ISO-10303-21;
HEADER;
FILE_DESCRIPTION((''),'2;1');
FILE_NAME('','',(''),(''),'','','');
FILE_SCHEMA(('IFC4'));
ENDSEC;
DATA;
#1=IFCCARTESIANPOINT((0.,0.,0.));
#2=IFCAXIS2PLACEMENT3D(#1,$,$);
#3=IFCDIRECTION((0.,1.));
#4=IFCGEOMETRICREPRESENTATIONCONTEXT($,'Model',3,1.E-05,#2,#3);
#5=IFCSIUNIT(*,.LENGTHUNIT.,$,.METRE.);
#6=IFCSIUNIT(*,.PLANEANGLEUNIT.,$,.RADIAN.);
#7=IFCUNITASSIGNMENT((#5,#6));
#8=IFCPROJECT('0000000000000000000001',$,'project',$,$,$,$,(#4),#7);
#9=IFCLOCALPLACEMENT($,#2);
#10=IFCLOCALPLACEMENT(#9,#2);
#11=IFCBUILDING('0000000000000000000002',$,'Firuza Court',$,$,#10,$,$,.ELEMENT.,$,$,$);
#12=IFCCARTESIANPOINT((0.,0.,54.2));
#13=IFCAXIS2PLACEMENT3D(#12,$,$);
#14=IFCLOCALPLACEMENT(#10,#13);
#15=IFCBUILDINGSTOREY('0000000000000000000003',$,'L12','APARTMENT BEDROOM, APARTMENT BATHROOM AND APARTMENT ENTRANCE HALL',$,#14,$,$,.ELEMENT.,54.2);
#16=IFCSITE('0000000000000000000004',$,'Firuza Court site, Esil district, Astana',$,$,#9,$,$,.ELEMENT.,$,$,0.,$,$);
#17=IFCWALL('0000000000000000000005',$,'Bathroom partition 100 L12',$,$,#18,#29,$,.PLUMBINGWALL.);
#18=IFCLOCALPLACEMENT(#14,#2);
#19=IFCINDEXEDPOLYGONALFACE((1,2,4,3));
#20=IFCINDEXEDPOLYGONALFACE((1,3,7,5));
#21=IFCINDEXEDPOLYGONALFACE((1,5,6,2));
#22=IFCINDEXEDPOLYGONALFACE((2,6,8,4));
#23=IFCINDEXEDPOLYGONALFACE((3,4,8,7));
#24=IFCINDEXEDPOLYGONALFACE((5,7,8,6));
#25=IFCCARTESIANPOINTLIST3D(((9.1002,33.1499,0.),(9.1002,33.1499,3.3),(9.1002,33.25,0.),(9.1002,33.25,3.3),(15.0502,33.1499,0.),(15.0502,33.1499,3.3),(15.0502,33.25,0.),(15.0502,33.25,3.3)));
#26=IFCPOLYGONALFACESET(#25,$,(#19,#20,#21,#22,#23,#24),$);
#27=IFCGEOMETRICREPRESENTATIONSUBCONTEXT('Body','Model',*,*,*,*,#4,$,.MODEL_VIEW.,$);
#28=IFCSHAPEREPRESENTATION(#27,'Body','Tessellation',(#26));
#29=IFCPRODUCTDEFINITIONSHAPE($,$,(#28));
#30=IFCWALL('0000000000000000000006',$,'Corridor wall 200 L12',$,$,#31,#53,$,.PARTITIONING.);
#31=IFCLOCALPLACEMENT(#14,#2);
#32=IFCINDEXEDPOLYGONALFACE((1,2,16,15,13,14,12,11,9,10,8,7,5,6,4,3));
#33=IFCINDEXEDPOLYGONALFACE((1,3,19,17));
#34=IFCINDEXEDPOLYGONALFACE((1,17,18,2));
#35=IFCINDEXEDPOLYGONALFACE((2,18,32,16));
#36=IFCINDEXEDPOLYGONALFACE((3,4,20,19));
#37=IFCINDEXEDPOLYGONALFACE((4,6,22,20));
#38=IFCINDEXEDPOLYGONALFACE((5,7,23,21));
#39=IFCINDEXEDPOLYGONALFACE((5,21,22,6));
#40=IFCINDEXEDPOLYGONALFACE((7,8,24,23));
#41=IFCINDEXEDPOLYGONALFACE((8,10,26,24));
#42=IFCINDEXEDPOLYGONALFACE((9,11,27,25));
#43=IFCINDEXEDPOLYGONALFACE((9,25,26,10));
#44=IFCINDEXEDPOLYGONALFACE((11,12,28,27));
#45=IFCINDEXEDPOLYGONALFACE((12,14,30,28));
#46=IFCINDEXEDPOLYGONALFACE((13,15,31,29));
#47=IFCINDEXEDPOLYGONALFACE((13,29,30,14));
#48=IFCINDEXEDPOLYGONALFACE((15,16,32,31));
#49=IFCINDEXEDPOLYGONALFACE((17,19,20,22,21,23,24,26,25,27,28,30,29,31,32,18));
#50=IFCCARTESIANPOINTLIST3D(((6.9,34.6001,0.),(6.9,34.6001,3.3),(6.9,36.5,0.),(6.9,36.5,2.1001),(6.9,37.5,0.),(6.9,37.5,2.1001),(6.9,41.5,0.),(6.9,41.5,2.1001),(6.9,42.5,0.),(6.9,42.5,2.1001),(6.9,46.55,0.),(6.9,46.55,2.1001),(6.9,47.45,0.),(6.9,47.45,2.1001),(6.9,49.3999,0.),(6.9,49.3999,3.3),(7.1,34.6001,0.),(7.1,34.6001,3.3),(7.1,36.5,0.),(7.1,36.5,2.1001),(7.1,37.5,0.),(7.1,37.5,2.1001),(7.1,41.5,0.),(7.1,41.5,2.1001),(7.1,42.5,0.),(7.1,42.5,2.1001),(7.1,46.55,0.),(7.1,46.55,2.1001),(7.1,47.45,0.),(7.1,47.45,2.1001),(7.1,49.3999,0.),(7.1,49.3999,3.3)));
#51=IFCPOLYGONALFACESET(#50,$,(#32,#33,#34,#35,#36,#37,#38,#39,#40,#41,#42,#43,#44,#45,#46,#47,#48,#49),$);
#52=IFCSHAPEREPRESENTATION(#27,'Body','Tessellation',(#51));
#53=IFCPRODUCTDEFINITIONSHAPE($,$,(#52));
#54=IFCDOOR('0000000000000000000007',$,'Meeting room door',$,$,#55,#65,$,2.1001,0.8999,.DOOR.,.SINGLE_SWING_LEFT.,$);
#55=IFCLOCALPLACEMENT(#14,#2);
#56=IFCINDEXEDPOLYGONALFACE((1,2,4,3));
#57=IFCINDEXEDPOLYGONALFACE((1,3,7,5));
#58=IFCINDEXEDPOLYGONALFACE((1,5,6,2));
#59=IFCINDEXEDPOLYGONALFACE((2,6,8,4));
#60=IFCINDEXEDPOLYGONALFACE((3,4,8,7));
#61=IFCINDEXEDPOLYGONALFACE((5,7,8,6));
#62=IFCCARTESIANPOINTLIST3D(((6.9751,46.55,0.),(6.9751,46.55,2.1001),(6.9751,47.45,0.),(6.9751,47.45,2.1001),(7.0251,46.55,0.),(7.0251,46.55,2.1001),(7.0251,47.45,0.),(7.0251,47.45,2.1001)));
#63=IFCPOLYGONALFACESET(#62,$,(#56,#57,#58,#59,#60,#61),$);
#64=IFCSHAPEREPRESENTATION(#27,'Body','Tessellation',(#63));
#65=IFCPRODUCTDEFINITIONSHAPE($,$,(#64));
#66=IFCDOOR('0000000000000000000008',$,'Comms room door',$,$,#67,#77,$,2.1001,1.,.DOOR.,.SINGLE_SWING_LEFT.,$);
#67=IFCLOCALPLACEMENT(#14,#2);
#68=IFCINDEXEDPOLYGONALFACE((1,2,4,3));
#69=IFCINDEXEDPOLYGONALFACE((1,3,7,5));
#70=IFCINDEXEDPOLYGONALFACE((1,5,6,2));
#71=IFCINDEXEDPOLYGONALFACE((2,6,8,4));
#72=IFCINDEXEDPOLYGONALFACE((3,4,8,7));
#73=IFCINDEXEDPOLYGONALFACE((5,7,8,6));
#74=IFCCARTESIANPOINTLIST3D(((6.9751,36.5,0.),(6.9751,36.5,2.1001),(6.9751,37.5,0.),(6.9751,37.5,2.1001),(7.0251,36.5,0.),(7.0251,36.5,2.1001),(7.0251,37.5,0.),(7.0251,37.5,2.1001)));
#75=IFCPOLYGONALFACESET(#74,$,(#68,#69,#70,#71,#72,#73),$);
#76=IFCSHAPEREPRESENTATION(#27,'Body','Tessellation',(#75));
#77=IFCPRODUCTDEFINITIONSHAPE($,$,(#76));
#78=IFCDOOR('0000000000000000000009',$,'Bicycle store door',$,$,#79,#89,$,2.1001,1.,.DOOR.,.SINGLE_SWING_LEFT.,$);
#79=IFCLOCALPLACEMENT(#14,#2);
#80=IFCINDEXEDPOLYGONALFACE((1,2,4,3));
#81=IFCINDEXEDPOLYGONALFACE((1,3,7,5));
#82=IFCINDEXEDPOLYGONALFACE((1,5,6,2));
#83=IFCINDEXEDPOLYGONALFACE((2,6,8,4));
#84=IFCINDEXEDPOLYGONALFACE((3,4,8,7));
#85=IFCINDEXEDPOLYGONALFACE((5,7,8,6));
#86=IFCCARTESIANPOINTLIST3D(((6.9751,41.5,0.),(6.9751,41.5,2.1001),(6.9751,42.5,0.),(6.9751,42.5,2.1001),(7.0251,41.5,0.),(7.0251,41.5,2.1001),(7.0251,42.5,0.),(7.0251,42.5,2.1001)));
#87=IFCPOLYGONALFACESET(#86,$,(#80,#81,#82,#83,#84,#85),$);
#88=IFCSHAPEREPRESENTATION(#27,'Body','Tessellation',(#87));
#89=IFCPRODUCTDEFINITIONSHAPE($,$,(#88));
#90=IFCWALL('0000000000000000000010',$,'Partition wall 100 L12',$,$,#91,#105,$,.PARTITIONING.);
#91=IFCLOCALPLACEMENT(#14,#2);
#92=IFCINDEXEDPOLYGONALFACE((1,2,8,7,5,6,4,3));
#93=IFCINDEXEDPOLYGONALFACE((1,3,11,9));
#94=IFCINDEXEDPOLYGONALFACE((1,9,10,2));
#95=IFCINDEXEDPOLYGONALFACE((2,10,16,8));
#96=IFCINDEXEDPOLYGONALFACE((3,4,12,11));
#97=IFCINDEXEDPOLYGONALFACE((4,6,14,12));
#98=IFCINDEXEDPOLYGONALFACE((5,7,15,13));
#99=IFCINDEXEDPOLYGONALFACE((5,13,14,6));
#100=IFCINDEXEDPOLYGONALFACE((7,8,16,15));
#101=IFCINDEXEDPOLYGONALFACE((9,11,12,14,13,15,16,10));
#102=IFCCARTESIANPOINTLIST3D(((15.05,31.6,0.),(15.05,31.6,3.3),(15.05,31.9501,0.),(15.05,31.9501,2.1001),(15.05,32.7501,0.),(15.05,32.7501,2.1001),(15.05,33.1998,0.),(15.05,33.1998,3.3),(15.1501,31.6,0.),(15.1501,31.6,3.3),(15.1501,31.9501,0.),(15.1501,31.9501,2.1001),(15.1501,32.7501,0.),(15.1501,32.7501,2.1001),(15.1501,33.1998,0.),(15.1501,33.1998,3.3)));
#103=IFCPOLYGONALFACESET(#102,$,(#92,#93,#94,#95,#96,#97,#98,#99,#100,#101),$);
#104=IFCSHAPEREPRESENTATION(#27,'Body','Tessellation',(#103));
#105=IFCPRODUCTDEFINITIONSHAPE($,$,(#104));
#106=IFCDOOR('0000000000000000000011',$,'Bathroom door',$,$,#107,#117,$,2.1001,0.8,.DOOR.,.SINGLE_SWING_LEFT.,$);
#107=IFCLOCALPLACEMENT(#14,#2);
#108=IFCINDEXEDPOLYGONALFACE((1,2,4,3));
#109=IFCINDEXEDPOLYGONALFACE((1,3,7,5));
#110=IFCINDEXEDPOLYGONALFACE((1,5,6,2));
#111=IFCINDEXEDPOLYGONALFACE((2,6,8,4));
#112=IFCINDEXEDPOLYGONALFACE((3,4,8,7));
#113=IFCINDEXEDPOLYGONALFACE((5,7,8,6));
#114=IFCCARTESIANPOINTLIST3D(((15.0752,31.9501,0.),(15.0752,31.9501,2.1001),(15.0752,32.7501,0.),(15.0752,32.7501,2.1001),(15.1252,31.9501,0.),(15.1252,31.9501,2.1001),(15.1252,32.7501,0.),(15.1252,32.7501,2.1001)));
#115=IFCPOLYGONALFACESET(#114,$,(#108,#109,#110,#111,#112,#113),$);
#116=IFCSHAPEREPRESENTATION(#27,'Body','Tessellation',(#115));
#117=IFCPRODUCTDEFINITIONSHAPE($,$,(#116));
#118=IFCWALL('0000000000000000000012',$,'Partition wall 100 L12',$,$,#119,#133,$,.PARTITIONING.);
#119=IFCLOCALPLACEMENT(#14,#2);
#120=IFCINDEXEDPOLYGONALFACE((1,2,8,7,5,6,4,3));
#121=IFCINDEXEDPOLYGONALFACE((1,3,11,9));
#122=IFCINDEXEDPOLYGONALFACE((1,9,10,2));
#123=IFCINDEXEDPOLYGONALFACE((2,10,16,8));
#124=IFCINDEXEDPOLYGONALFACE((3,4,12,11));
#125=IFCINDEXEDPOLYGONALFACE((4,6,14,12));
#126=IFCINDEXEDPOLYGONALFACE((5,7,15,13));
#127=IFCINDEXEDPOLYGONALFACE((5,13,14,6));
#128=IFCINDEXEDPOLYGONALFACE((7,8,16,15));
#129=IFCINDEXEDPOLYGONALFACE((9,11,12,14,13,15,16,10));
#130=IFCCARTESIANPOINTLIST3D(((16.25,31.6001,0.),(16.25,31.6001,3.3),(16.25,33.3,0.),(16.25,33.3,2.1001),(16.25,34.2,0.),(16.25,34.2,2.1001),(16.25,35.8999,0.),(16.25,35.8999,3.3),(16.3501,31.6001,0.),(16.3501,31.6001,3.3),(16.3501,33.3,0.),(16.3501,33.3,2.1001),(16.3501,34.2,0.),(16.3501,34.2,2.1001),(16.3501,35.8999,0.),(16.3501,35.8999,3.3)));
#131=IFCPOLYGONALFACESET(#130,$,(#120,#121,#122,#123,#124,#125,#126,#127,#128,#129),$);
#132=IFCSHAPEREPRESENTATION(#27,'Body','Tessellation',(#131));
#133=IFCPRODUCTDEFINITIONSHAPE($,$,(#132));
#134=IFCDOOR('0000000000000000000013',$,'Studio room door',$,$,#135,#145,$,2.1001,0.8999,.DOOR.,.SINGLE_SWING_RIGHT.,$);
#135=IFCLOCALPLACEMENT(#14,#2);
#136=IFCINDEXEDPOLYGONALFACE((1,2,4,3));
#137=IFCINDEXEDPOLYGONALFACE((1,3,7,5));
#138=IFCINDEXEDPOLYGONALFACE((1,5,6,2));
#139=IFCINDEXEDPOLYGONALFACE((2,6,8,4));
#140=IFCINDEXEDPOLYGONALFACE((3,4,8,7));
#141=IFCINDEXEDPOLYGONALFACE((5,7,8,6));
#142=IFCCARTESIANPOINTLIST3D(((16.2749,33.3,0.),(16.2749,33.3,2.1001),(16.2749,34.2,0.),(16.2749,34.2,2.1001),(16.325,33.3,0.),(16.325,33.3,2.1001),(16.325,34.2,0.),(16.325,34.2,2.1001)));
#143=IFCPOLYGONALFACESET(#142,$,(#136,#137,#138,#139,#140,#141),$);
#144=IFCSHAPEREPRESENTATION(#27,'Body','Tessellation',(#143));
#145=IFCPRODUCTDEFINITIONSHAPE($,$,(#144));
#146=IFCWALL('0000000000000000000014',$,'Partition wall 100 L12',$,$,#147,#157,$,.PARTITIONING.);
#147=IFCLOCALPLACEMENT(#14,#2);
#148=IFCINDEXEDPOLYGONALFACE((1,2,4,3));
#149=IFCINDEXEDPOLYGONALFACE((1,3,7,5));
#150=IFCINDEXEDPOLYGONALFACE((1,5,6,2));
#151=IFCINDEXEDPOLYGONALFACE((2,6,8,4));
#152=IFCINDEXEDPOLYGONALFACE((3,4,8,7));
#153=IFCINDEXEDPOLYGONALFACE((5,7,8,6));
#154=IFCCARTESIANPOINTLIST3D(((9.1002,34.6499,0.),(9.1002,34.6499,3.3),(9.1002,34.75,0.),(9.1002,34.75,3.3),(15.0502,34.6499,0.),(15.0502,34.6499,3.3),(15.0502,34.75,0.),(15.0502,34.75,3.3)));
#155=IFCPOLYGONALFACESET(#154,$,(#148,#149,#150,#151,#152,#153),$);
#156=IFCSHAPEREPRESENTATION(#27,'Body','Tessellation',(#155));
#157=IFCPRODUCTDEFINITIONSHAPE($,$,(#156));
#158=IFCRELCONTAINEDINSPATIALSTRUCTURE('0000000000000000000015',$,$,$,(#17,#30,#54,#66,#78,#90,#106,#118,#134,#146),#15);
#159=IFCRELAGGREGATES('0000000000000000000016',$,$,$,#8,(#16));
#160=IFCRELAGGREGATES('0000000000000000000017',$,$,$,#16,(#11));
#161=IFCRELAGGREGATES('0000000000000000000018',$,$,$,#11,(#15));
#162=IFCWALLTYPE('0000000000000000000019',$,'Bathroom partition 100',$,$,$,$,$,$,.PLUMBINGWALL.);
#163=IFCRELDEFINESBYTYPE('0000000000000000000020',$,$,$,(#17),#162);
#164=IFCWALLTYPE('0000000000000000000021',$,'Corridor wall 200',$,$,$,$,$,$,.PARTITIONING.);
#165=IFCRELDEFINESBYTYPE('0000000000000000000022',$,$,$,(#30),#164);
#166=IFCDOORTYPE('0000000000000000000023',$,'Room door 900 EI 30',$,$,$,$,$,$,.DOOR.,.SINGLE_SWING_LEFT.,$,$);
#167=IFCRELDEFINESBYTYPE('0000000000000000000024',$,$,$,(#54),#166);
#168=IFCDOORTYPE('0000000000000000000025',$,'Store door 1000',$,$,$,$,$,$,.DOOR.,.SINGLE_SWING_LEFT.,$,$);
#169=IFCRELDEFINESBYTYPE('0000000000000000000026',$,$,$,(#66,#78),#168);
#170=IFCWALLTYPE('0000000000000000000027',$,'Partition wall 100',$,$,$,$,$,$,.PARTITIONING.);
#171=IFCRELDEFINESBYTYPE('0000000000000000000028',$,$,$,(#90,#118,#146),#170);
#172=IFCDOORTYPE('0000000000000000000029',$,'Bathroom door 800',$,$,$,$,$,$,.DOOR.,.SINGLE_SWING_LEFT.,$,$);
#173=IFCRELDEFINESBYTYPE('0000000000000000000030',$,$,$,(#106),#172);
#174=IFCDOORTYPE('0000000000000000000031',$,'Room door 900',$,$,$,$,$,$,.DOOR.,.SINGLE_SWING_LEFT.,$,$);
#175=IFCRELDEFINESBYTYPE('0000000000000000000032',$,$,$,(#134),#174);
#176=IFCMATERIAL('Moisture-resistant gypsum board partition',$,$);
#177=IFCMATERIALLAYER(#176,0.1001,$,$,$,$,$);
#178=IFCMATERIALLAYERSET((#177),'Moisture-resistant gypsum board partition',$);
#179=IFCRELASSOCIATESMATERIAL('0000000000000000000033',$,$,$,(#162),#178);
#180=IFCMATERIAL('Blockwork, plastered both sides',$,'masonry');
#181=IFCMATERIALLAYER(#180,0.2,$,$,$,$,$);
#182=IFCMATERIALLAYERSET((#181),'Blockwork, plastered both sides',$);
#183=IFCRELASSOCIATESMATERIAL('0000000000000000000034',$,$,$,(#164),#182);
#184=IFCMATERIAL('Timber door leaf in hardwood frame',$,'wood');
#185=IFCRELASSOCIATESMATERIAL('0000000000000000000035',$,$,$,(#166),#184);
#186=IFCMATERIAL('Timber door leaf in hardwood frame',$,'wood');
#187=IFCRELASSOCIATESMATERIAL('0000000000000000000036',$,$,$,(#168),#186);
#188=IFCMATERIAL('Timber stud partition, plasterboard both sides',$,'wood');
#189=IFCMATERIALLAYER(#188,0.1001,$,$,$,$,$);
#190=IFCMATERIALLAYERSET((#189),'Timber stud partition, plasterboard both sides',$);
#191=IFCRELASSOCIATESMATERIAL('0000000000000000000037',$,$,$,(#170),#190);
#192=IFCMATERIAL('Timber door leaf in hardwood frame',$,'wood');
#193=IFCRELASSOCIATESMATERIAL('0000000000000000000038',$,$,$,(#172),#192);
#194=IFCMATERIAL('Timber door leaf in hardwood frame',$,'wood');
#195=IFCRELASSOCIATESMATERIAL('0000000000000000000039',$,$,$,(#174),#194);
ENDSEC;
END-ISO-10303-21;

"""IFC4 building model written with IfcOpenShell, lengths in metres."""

from ifc_helpers import new_model, si_unit, direction, frame, frame_2d, origin, place, context, subcontext, project, spatial, rectangle, extrude, material, layer, layer_set, type_object, element, fill, save


model = new_model("IFC4")

# Units and contexts
model_context = context("Model", 3, precision=1e-05, world=origin(), true_north=direction((0.0, 1.0)))
body_context = subcontext(model_context, "Body", "Model", "MODEL_VIEW")
ifc_project = project(units=[si_unit("LENGTHUNIT", "METRE"), si_unit("PLANEANGLEUNIT", "RADIAN")], contexts=[model_context])

# Site, building, storey
site_placement = place(None, origin())
site = spatial("IfcSite", under=ifc_project, at=site_placement, Name="Firuza Court site, Esil district, Astana", CompositionType="ELEMENT", RefElevation=0.0)
building_placement = place(site_placement, origin())
building = spatial("IfcBuilding", under=site, at=building_placement, Name="Firuza Court", CompositionType="ELEMENT")
storey_placement = place(building_placement, frame((0.0, 0.0, 54.2)))
storey = spatial("IfcBuildingStorey", under=building, at=storey_placement, Name="L12", Description="APARTMENT BEDROOM, APARTMENT BATHROOM AND APARTMENT ENTRANCE HALL", CompositionType="ELEMENT", Elevation=54.2)

# Wall
ifc_material_1 = material(Name="Moisture-resistant gypsum board partition")
ifc_layer_1 = layer(ifc_material_1, 0.1001)
ifc_layer_set_1 = layer_set([ifc_layer_1], Name="Moisture-resistant gypsum board partition")
wall_type_1 = type_object("IfcWallType", Name="Bathroom partition 100", PredefinedType="PLUMBINGWALL", material=ifc_layer_set_1)
wall_1_placement = place(storey_placement, frame((9.1001, 33.2, 0.0), z_axis=(0.0, 0.0, 1.0), x_axis=(1.0, 0.0, 0.0)))
element("IfcWall", 1, at=wall_1_placement, inside=storey, type_object=wall_type_1, Name="Bathroom partition 100 L12", PredefinedType="PLUMBINGWALL", context=body_context, shape_type="SweptSolid", body=[
    extrude(rectangle(XDim=5.95, YDim=0.1001, at=frame_2d((2.9751, 0.0))), origin(), (0.0, 0.0, 1.0), 3.3),
])

# Wall, openings, doors
ifc_material_2 = material(Name="Blockwork, plastered both sides", Category="masonry")
ifc_layer_2 = layer(ifc_material_2, 0.2)
ifc_layer_set_2 = layer_set([ifc_layer_2], Name="Blockwork, plastered both sides")
wall_type_2 = type_object("IfcWallType", Name="Corridor wall 200", PredefinedType="PARTITIONING", material=ifc_layer_set_2)
wall_2_placement = place(storey_placement, frame((7.0, 34.6001, 0.0), z_axis=(0.0, 0.0, 1.0), x_axis=(0.0, 1.0, 0.0)))
wall_2 = element("IfcWall", 2, at=wall_2_placement, inside=storey, type_object=wall_type_2, Name="Corridor wall 200 L12", PredefinedType="PARTITIONING", context=body_context, shape_type="SweptSolid", body=[
    extrude(rectangle(XDim=14.7998, YDim=0.2, at=frame_2d((7.3999, 0.0))), origin(), (0.0, 0.0, 1.0), 3.3),
])
opening_1_placement = place(wall_2_placement, frame((1.8999, 0.0, 0.0)))
opening_1 = element("IfcOpeningElement", 3, at=opening_1_placement, cuts=wall_2, PredefinedType="OPENING", context=body_context, shape_type="SweptSolid", body=[
    extrude(rectangle(XDim=1.0, YDim=2.1001, at=frame_2d((0.5, 1.05))), frame((0.0, 0.1118, 0.0), z_axis=(0.0, -1.0, 0.0), x_axis=(1.0, 0.0, 0.0)), (0.0, 0.0, 1.0), 0.2239),
])
opening_2_placement = place(wall_2_placement, frame((6.8999, 0.0, 0.0)))
opening_2 = element("IfcOpeningElement", 4, at=opening_2_placement, cuts=wall_2, PredefinedType="OPENING", context=body_context, shape_type="SweptSolid", body=[
    extrude(rectangle(XDim=1.0, YDim=2.1001, at=frame_2d((0.5, 1.05))), frame((0.0, 0.1118, 0.0), z_axis=(0.0, -1.0, 0.0), x_axis=(1.0, 0.0, 0.0)), (0.0, 0.0, 1.0), 0.2239),
])
opening_3_placement = place(wall_2_placement, frame((11.95, 0.0, 0.0)))
opening_3 = element("IfcOpeningElement", 5, at=opening_3_placement, cuts=wall_2, PredefinedType="OPENING", context=body_context, shape_type="SweptSolid", body=[
    extrude(rectangle(XDim=0.8999, YDim=2.1001, at=frame_2d((0.45, 1.05))), frame((0.0, 0.1118, 0.0), z_axis=(0.0, -1.0, 0.0), x_axis=(1.0, 0.0, 0.0)), (0.0, 0.0, 1.0), 0.2239),
])
ifc_material_3 = material(Name="Timber door leaf in hardwood frame", Category="wood")
door_type_1 = type_object("IfcDoorType", Name="Room door 900 EI 30", OperationType="SINGLE_SWING_LEFT", PredefinedType="DOOR", material=ifc_material_3)
door_1_placement = place(opening_3_placement, origin())
door_1 = element("IfcDoor", 6, at=door_1_placement, inside=storey, type_object=door_type_1, Name="Meeting room door", OperationType="SINGLE_SWING_LEFT", OverallHeight=2.1001, OverallWidth=0.8999, PredefinedType="DOOR", context=body_context, shape_type="SweptSolid", body=[
    extrude(rectangle(XDim=0.8999, YDim=2.1001, at=frame_2d((0.45, 1.05))), frame((0.0, 0.0249, 0.0), z_axis=(0.0, -1.0, 0.0), x_axis=(1.0, 0.0, 0.0)), (0.0, 0.0, 1.0), 0.05),
])
fill(opening_3, door_1)
ifc_material_4 = material(Name="Timber door leaf in hardwood frame", Category="wood")
door_type_2 = type_object("IfcDoorType", Name="Store door 1000", OperationType="SINGLE_SWING_LEFT", PredefinedType="DOOR", material=ifc_material_4)
door_2_placement = place(opening_1_placement, origin())
door_2 = element("IfcDoor", 7, at=door_2_placement, inside=storey, type_object=door_type_2, Name="Comms room door", OperationType="SINGLE_SWING_LEFT", OverallHeight=2.1001, OverallWidth=1.0, PredefinedType="DOOR", context=body_context, shape_type="SweptSolid", body=[
    extrude(rectangle(XDim=1.0, YDim=2.1001, at=frame_2d((0.5, 1.05))), frame((0.0, 0.0249, 0.0), z_axis=(0.0, -1.0, 0.0), x_axis=(1.0, 0.0, 0.0)), (0.0, 0.0, 1.0), 0.05),
])
fill(opening_1, door_2)
door_3_placement = place(opening_2_placement, origin())
door_3 = element("IfcDoor", 8, at=door_3_placement, inside=storey, type_object=door_type_2, Name="Bicycle store door", OperationType="SINGLE_SWING_LEFT", OverallHeight=2.1001, OverallWidth=1.0, PredefinedType="DOOR", context=body_context, shape_type="SweptSolid", body=[
    extrude(rectangle(XDim=1.0, YDim=2.1001, at=frame_2d((0.5, 1.05))), frame((0.0, 0.0249, 0.0), z_axis=(0.0, -1.0, 0.0), x_axis=(1.0, 0.0, 0.0)), (0.0, 0.0, 1.0), 0.05),
])
fill(opening_2, door_3)

# Walls, openings, doors
ifc_material_5 = material(Name="Timber stud partition, plasterboard both sides", Category="wood")
ifc_layer_3 = layer(ifc_material_5, 0.1001)
ifc_layer_set_3 = layer_set([ifc_layer_3], Name="Timber stud partition, plasterboard both sides")
wall_type_3 = type_object("IfcWallType", Name="Partition wall 100", PredefinedType="PARTITIONING", material=ifc_layer_set_3)
wall_3_placement = place(storey_placement, frame((15.1001, 31.6001, 0.0), z_axis=(0.0, 0.0, 1.0), x_axis=(0.0, 1.0, 0.0)))
wall_3 = element("IfcWall", 9, at=wall_3_placement, inside=storey, type_object=wall_type_3, Name="Partition wall 100 L12", PredefinedType="PARTITIONING", context=body_context, shape_type="SweptSolid", body=[
    extrude(rectangle(XDim=1.5999, YDim=0.1001, at=frame_2d((0.7998, 0.0))), origin(), (0.0, 0.0, 1.0), 3.3),
])
opening_4_placement = place(wall_3_placement, frame((0.3501, 0.0, 0.0)))
opening_4 = element("IfcOpeningElement", 10, at=opening_4_placement, cuts=wall_3, PredefinedType="OPENING", context=body_context, shape_type="SweptSolid", body=[
    extrude(rectangle(XDim=0.8, YDim=2.1001, at=frame_2d((0.3999, 1.05))), frame((0.0, 0.062, 0.0), z_axis=(0.0, -1.0, 0.0), x_axis=(1.0, 0.0, 0.0)), (0.0, 0.0, 1.0), 0.124),
])
ifc_material_6 = material(Name="Timber door leaf in hardwood frame", Category="wood")
door_type_3 = type_object("IfcDoorType", Name="Bathroom door 800", OperationType="SINGLE_SWING_LEFT", PredefinedType="DOOR", material=ifc_material_6)
door_4_placement = place(opening_4_placement, origin())
door_4 = element("IfcDoor", 11, at=door_4_placement, inside=storey, type_object=door_type_3, Name="Bathroom door", OperationType="SINGLE_SWING_LEFT", OverallHeight=2.1001, OverallWidth=0.8, PredefinedType="DOOR", context=body_context, shape_type="SweptSolid", body=[
    extrude(rectangle(XDim=0.8, YDim=2.1001, at=frame_2d((0.3999, 1.05))), frame((0.0, 0.0249, 0.0), z_axis=(0.0, -1.0, 0.0), x_axis=(1.0, 0.0, 0.0)), (0.0, 0.0, 1.0), 0.05),
])
fill(opening_4, door_4)
wall_4_placement = place(storey_placement, frame((16.3, 31.6001, 0.0), z_axis=(0.0, 0.0, 1.0), x_axis=(0.0, 1.0, 0.0)))
wall_4 = element("IfcWall", 12, at=wall_4_placement, inside=storey, type_object=wall_type_3, Name="Partition wall 100 L12", PredefinedType="PARTITIONING", context=body_context, shape_type="SweptSolid", body=[
    extrude(rectangle(XDim=4.2998, YDim=0.1001, at=frame_2d((2.1499, 0.0))), origin(), (0.0, 0.0, 1.0), 3.3),
])
opening_5_placement = place(wall_4_placement, frame((1.7, 0.0, 0.0)))
opening_5 = element("IfcOpeningElement", 13, at=opening_5_placement, cuts=wall_4, PredefinedType="OPENING", context=body_context, shape_type="SweptSolid", body=[
    extrude(rectangle(XDim=0.8999, YDim=2.1001, at=frame_2d((0.45, 1.05))), frame((0.0, 0.062, 0.0), z_axis=(0.0, -1.0, 0.0), x_axis=(1.0, 0.0, 0.0)), (0.0, 0.0, 1.0), 0.124),
])
ifc_material_7 = material(Name="Timber door leaf in hardwood frame", Category="wood")
door_type_4 = type_object("IfcDoorType", Name="Room door 900", OperationType="SINGLE_SWING_LEFT", PredefinedType="DOOR", material=ifc_material_7)
door_5_placement = place(opening_5_placement, frame((0.8999, 0.0, 0.0), z_axis=(0.0, 0.0, 1.0), x_axis=(-1.0, 0.0, 0.0)))
door_5 = element("IfcDoor", 14, at=door_5_placement, inside=storey, type_object=door_type_4, Name="Studio room door", OperationType="SINGLE_SWING_RIGHT", OverallHeight=2.1001, OverallWidth=0.8999, PredefinedType="DOOR", context=body_context, shape_type="SweptSolid", body=[
    extrude(rectangle(XDim=0.8999, YDim=2.1001, at=frame_2d((0.45, 1.05))), frame((0.0, 0.0249, 0.0), z_axis=(0.0, -1.0, 0.0), x_axis=(1.0, 0.0, 0.0)), (0.0, 0.0, 1.0), 0.05),
])
fill(opening_5, door_5)

# Wall
wall_5_placement = place(storey_placement, frame((9.1001, 34.7, 0.0), z_axis=(0.0, 0.0, 1.0), x_axis=(1.0, 0.0, 0.0)))
element("IfcWall", 15, at=wall_5_placement, inside=storey, type_object=wall_type_3, Name="Partition wall 100 L12", PredefinedType="PARTITIONING", context=body_context, shape_type="SweptSolid", body=[
    extrude(rectangle(XDim=5.95, YDim=0.1001, at=frame_2d((2.9751, 0.0))), origin(), (0.0, 0.0, 1.0), 3.3),
])

save(model, "model.ifc")
